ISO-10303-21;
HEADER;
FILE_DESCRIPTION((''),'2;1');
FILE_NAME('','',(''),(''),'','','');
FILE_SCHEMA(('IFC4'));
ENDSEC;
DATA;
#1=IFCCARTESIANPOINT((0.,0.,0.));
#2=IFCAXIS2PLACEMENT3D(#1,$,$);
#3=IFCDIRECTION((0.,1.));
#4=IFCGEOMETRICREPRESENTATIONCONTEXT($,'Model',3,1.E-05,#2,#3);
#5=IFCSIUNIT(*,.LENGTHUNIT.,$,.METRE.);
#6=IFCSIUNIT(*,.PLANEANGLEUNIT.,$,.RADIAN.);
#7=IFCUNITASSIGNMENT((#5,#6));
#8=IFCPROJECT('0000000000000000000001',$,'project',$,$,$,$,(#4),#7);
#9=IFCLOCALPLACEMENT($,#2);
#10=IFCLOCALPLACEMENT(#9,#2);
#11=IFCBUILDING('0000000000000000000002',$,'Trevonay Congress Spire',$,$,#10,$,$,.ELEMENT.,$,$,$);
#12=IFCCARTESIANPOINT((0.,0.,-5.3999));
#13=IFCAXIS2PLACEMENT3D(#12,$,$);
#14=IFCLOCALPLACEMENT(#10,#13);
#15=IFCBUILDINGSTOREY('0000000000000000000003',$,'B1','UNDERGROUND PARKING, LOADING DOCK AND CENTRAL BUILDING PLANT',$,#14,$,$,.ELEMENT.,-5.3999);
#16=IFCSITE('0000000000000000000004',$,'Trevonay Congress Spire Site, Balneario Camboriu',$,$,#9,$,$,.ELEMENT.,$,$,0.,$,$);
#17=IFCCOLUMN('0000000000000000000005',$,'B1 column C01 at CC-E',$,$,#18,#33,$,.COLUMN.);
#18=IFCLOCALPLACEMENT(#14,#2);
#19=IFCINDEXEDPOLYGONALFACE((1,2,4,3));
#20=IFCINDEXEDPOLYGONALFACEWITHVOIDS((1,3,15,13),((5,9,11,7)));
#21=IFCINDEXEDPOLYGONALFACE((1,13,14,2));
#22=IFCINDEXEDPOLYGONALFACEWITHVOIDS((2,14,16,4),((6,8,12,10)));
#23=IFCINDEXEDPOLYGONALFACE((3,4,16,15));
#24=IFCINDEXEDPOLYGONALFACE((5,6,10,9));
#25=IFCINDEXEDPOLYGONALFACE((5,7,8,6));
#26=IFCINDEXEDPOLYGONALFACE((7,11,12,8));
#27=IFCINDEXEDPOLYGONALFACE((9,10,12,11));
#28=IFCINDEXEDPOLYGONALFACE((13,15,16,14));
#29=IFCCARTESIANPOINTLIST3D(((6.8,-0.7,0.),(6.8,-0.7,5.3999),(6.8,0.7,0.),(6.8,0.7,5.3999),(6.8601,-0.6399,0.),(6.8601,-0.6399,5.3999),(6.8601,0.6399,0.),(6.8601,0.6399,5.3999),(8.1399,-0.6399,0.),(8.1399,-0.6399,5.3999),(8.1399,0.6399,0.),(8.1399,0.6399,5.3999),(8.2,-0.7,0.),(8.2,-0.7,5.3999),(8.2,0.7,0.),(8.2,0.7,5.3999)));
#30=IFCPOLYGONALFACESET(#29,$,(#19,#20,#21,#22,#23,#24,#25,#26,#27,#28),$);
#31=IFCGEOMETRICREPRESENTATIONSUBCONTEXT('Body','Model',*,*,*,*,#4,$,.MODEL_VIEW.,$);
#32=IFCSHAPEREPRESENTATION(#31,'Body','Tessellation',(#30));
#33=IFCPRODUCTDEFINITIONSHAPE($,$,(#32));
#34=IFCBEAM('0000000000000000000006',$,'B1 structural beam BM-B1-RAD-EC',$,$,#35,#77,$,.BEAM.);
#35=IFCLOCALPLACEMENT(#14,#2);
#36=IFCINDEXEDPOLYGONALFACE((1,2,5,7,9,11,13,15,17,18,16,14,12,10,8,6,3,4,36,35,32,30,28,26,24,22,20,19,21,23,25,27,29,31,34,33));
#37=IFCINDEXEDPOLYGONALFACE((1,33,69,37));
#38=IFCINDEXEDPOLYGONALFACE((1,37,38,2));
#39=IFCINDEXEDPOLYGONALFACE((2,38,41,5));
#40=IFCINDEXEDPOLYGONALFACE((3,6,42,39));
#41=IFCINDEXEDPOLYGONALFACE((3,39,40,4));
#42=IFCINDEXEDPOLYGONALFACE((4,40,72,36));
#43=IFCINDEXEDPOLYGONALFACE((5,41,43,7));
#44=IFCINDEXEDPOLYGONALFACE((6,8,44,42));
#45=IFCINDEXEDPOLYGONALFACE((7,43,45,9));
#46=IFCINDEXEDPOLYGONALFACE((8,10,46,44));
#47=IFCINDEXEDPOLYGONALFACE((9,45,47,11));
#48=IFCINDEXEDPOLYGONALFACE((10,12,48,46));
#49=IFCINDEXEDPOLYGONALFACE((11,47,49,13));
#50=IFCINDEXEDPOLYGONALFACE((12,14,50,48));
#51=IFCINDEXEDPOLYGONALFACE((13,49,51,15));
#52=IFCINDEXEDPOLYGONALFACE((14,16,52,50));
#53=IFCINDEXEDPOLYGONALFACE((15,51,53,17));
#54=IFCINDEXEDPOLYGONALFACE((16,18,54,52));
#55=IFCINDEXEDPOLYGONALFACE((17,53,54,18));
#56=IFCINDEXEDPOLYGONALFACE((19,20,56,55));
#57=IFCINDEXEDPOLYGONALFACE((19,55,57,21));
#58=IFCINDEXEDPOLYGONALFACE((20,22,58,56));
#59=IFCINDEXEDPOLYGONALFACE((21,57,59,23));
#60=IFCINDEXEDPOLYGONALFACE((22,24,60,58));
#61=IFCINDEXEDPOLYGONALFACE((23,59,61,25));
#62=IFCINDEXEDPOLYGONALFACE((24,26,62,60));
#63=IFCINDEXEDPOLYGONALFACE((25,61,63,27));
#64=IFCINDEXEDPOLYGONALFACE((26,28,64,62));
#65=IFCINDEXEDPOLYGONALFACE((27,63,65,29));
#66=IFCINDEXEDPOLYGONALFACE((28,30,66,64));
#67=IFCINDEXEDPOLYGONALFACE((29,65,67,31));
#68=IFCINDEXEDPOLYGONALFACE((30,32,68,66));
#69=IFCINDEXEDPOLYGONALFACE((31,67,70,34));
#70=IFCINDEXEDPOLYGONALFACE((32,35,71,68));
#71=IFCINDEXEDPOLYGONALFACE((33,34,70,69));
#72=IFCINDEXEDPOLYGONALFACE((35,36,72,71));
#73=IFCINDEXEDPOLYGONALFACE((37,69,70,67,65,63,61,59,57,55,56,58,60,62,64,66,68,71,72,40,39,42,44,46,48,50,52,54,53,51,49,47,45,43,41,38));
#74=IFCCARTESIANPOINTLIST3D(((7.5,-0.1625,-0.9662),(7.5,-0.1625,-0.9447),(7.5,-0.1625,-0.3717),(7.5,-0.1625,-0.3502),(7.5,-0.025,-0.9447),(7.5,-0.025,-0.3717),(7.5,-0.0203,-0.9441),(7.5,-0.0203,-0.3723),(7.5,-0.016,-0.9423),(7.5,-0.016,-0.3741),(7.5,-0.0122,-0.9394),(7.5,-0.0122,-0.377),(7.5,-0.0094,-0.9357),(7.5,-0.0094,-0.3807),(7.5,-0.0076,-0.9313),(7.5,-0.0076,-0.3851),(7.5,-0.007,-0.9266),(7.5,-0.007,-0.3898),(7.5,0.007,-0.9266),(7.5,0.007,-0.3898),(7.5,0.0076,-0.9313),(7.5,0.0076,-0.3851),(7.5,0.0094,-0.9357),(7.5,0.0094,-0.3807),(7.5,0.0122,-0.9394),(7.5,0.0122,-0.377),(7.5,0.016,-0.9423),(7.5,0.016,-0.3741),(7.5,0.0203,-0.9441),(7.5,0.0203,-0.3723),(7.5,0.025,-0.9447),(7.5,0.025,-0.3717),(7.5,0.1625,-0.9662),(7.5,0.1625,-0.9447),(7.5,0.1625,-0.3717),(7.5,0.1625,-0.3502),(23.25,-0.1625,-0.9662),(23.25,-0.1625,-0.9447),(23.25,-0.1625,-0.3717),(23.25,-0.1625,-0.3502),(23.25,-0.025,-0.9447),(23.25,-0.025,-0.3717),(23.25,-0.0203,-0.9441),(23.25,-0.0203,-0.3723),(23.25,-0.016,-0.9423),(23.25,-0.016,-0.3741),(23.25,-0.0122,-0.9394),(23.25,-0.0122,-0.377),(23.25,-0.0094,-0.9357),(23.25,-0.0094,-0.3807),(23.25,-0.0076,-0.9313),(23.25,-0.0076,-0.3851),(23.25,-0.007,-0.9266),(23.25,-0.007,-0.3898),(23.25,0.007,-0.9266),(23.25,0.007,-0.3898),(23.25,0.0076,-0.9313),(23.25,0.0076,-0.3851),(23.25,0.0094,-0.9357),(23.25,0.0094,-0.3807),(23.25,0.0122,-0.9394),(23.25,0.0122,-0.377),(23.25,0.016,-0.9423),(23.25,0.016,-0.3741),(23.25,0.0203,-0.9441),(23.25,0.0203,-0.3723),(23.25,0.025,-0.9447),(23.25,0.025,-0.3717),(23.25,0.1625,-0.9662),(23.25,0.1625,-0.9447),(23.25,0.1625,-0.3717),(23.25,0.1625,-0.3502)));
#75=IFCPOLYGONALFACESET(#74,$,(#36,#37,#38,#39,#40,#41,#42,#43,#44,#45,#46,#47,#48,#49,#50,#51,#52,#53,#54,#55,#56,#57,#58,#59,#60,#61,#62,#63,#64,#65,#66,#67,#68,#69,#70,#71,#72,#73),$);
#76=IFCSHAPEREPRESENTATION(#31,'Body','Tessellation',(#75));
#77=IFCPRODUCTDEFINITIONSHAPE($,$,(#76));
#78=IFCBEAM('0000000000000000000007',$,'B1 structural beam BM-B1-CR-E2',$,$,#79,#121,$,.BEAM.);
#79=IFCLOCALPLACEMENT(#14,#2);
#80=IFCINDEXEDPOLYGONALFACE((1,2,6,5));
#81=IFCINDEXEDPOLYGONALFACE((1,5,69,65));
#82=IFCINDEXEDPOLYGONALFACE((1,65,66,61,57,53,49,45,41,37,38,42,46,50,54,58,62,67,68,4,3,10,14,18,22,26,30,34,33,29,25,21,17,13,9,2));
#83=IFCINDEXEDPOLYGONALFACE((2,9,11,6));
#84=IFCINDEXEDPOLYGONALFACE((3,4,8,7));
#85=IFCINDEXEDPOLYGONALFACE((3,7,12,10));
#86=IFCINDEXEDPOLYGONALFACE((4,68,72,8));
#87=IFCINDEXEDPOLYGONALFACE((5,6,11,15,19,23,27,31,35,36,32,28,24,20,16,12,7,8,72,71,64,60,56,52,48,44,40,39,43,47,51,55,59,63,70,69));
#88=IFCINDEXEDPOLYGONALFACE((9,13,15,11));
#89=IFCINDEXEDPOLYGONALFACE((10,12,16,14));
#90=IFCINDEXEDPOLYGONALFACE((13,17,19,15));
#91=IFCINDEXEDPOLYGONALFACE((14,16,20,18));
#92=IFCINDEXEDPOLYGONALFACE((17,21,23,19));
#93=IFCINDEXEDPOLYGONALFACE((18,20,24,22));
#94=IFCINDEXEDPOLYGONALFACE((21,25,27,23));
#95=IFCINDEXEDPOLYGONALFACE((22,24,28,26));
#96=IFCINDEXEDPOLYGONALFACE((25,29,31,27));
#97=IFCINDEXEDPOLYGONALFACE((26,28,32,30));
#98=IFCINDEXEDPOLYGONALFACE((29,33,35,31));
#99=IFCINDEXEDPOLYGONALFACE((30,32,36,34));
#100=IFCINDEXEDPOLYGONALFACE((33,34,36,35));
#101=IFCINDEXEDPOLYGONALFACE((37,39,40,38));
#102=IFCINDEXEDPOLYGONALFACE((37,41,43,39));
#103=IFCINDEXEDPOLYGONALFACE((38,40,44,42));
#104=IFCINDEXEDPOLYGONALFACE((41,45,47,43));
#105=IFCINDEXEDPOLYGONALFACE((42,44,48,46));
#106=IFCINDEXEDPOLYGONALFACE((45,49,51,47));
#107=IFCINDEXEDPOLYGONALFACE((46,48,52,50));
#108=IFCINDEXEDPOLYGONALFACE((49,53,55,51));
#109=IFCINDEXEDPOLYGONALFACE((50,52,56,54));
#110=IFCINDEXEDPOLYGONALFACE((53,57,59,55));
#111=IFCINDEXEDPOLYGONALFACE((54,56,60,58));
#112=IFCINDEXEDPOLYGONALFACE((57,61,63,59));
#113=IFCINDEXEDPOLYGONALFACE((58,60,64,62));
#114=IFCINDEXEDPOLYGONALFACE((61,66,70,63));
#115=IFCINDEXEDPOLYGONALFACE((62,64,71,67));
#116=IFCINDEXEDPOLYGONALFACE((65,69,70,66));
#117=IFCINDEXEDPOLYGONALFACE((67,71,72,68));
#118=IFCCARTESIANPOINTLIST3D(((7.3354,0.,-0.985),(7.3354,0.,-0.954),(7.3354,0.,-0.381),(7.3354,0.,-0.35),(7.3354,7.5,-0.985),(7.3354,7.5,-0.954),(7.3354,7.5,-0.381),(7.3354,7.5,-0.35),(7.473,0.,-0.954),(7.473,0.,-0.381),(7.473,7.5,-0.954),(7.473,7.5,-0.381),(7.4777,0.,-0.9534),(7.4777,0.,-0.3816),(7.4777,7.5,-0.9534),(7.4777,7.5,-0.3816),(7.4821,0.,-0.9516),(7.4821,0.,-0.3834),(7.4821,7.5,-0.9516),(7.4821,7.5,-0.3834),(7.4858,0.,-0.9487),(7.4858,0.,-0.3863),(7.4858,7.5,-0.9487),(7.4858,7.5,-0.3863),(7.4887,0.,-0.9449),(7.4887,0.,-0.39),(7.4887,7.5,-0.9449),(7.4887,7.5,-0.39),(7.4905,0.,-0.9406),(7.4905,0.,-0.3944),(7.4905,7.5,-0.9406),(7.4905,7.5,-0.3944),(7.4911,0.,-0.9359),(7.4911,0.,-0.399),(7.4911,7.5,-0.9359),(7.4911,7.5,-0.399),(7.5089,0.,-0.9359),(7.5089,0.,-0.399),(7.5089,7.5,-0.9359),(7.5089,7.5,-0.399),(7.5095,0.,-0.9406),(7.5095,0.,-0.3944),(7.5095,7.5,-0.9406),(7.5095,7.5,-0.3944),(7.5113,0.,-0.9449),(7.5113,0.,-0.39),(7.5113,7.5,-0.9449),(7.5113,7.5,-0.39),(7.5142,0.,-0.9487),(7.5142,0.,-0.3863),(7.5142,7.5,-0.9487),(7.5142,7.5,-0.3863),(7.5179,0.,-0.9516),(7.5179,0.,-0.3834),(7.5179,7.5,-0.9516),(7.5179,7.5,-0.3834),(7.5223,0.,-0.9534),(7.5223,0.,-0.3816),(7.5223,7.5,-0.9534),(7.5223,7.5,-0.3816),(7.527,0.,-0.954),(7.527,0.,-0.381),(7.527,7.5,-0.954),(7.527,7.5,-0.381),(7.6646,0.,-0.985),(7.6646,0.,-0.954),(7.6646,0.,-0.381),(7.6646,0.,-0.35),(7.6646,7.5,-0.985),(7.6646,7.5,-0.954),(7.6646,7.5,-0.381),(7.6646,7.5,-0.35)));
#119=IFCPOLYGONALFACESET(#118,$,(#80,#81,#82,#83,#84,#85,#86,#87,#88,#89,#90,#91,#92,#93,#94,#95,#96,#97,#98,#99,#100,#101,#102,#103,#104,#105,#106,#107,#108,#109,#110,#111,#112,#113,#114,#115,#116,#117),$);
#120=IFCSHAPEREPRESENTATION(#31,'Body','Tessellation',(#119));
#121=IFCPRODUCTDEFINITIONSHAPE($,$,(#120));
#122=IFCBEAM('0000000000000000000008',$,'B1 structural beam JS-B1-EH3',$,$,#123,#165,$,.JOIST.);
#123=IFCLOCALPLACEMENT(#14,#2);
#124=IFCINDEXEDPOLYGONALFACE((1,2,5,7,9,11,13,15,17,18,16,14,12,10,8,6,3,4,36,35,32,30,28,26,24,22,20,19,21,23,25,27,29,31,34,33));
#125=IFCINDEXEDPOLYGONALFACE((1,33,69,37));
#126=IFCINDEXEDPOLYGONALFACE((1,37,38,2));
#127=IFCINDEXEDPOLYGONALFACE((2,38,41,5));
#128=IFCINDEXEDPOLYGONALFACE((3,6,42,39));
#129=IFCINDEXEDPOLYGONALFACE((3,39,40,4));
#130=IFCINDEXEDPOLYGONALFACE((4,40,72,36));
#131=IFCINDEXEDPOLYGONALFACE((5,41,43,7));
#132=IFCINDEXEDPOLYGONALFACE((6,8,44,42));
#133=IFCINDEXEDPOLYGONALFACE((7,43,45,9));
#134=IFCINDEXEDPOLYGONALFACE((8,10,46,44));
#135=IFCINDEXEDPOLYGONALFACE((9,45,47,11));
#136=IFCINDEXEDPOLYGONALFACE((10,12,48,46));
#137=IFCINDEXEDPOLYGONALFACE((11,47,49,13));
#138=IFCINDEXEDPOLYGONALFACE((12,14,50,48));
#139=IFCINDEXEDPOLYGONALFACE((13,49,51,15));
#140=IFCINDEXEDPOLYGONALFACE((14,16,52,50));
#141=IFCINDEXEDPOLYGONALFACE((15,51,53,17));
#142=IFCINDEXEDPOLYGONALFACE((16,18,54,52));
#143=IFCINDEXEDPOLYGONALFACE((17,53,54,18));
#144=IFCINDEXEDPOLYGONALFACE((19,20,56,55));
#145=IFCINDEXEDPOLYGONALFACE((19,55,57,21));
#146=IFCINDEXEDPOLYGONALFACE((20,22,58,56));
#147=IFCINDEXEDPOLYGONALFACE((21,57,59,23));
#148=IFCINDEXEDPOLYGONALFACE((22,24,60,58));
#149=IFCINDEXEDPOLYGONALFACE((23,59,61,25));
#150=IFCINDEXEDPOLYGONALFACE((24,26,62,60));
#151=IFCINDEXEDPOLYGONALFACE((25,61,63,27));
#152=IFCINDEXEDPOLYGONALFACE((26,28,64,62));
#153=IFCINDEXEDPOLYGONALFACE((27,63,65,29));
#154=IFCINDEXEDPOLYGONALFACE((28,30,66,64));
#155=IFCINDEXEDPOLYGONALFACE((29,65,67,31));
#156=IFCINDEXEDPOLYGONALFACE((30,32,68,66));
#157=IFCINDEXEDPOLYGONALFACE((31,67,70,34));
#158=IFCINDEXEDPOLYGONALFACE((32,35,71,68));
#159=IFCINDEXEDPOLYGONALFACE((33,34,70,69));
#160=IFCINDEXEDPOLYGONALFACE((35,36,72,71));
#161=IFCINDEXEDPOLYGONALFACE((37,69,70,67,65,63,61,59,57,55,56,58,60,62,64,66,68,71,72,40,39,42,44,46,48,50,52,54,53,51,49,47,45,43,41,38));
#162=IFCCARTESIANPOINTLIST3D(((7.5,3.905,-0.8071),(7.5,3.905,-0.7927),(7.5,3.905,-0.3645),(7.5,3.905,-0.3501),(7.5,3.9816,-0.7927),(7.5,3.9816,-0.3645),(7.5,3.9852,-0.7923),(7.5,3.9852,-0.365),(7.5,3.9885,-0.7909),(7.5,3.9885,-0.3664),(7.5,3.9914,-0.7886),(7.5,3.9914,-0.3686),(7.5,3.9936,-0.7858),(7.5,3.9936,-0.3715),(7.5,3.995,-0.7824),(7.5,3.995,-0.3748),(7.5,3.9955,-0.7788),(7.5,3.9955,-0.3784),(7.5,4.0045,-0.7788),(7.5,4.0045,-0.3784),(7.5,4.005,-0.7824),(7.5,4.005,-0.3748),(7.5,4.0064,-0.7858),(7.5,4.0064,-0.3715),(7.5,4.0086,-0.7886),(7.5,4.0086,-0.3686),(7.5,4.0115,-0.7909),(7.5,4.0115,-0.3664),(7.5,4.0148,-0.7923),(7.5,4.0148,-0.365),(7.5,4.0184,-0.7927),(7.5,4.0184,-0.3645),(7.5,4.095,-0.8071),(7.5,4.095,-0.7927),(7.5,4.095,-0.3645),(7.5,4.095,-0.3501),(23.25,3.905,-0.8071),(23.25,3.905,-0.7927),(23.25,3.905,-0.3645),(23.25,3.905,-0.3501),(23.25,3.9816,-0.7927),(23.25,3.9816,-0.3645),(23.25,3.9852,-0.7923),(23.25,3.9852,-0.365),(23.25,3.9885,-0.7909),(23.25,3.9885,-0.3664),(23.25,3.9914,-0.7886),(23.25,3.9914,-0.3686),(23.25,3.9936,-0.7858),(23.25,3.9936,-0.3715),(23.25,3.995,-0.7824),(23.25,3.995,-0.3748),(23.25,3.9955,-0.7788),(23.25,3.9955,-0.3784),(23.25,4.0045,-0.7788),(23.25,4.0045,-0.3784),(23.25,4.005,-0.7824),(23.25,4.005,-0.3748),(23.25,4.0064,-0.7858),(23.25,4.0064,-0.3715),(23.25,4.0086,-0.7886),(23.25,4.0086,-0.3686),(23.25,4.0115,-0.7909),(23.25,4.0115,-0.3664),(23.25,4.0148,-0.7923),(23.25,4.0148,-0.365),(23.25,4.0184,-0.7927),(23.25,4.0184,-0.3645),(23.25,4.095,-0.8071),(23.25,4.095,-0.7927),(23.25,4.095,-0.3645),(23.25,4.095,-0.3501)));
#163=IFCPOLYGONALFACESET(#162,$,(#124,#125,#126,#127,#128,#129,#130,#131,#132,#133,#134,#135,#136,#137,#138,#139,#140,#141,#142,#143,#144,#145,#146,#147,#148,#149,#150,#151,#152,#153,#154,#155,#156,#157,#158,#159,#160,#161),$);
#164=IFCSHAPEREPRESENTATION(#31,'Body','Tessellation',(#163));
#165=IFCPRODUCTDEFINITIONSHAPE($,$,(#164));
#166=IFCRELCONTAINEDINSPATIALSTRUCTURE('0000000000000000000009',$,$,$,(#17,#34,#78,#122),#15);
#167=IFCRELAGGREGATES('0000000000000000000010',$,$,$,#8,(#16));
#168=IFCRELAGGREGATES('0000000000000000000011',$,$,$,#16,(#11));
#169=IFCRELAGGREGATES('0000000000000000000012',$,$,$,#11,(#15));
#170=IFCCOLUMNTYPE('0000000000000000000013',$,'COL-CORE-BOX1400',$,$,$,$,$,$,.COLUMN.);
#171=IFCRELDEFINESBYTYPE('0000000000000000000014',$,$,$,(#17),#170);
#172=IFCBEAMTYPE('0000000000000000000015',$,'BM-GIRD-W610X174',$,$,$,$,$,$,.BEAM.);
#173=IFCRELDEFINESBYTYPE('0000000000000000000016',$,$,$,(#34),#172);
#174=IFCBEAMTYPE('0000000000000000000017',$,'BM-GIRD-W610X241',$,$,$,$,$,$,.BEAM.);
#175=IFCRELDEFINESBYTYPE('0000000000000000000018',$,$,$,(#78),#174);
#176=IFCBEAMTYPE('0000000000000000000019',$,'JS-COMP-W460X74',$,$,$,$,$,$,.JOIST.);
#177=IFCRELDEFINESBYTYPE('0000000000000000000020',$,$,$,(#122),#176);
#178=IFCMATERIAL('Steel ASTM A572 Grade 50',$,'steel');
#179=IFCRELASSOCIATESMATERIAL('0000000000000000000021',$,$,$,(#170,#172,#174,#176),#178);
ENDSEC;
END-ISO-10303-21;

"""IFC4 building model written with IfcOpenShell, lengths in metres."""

from ifc_helpers import new_model, si_unit, direction, frame, origin, origin_2d, place, context, subcontext, project, spatial, hollow_rectangle, i_section, extrude, material, material_profile, profile_set, type_object, element, save


model = new_model("IFC4")

# Units and contexts
model_context = context("Model", 3, precision=1e-05, world=origin(), true_north=direction((0.0, 1.0)))
body_context = subcontext(model_context, "Body", "Model", "MODEL_VIEW")
ifc_project = project(units=[si_unit("LENGTHUNIT", "METRE"), si_unit("PLANEANGLEUNIT", "RADIAN")], contexts=[model_context])

# Site, building, storey
site_placement = place(None, origin())
site = spatial("IfcSite", under=ifc_project, at=site_placement, Name="Trevonay Congress Spire Site, Balneario Camboriu", CompositionType="ELEMENT", RefElevation=0.0)
building_placement = place(site_placement, origin())
building = spatial("IfcBuilding", under=site, at=building_placement, Name="Trevonay Congress Spire", CompositionType="ELEMENT")
storey_placement = place(building_placement, frame((0.0, 0.0, -5.3999)))
storey = spatial("IfcBuildingStorey", under=building, at=storey_placement, Name="B1", Description="UNDERGROUND PARKING, LOADING DOCK AND CENTRAL BUILDING PLANT", CompositionType="ELEMENT", Elevation=-5.3999)

# Column
ifc_material_1 = material(Name="Steel ASTM A572 Grade 50", Category="steel")
ifc_material_profile_1 = material_profile(ifc_material_1, hollow_rectangle(XDim=1.3999, YDim=1.3999, WallThickness=0.0601, at=origin_2d()), Name="BOX 1400x1400x60")
ifc_profile_set_1 = profile_set([ifc_material_profile_1], Name="Steel ASTM A572 Grade 50")
column_type = type_object("IfcColumnType", Name="COL-CORE-BOX1400", PredefinedType="COLUMN", material=ifc_profile_set_1)
column_placement = place(storey_placement, frame((7.5, 0.0, 0.0), z_axis=(0.0, 0.0, 1.0), x_axis=(1.0, 0.0, 0.0)))
element("IfcColumn", 1, at=column_placement, inside=storey, type_object=column_type, Name="B1 column C01 at CC-E", PredefinedType="COLUMN", context=body_context, shape_type="SweptSolid", body=[
    extrude(hollow_rectangle(XDim=1.3999, YDim=1.3999, WallThickness=0.0601, at=origin_2d()), origin(), (0.0, 0.0, 1.0), 5.3999),
])

# Beams
ifc_material_profile_2 = material_profile(ifc_material_1, i_section(OverallWidth=0.325, OverallDepth=0.616, WebThickness=0.0139, FlangeThickness=0.0215, FilletRadius=0.0181, at=origin_2d()), Name="W610x174")
ifc_profile_set_2 = profile_set([ifc_material_profile_2], Name="Steel ASTM A572 Grade 50")
beam_type_1 = type_object("IfcBeamType", Name="BM-GIRD-W610X174", PredefinedType="BEAM", material=ifc_profile_set_2)
beam_1_placement = place(storey_placement, frame((7.5, 0.0, -0.6582), z_axis=(1.0, 0.0, 0.0), x_axis=(0.0, 1.0, 0.0)))
element("IfcBeam", 2, at=beam_1_placement, inside=storey, type_object=beam_type_1, Name="B1 structural beam BM-B1-RAD-EC", PredefinedType="BEAM", context=body_context, shape_type="SweptSolid", body=[
    extrude(i_section(OverallWidth=0.325, OverallDepth=0.616, WebThickness=0.0139, FlangeThickness=0.0215, FilletRadius=0.0181, at=origin_2d()), origin(), (0.0, 0.0, 1.0), 15.75),
])
ifc_material_profile_3 = material_profile(ifc_material_1, i_section(OverallWidth=0.3291, OverallDepth=0.635, WebThickness=0.0178, FlangeThickness=0.031, FilletRadius=0.0181, at=origin_2d()), Name="W610x241")
ifc_profile_set_3 = profile_set([ifc_material_profile_3], Name="Steel ASTM A572 Grade 50")
beam_type_2 = type_object("IfcBeamType", Name="BM-GIRD-W610X241", PredefinedType="BEAM", material=ifc_profile_set_3)
beam_2_placement = place(storey_placement, frame((7.5, 0.0, -0.6675), z_axis=(0.0, 1.0, 0.0), x_axis=(-1.0, 0.0, 0.0)))
element("IfcBeam", 3, at=beam_2_placement, inside=storey, type_object=beam_type_2, Name="B1 structural beam BM-B1-CR-E2", PredefinedType="BEAM", context=body_context, shape_type="SweptSolid", body=[
    extrude(i_section(OverallWidth=0.3291, OverallDepth=0.635, WebThickness=0.0178, FlangeThickness=0.031, FilletRadius=0.0181, at=origin_2d()), origin(), (0.0, 0.0, 1.0), 7.5),
])
ifc_material_profile_4 = material_profile(ifc_material_1, i_section(OverallWidth=0.1899, OverallDepth=0.457, WebThickness=0.009, FlangeThickness=0.0144, FilletRadius=0.0139, at=origin_2d()), Name="W460x74")
ifc_profile_set_4 = profile_set([ifc_material_profile_4], Name="Steel ASTM A572 Grade 50")
beam_type_3 = type_object("IfcBeamType", Name="JS-COMP-W460X74", PredefinedType="JOIST", material=ifc_profile_set_4)
beam_3_placement = place(storey_placement, frame((7.5, 4.0, -0.5786), z_axis=(1.0, 0.0, 0.0), x_axis=(0.0, 1.0, 0.0)))
element("IfcBeam", 4, at=beam_3_placement, inside=storey, type_object=beam_type_3, Name="B1 structural beam JS-B1-EH3", PredefinedType="JOIST", context=body_context, shape_type="SweptSolid", body=[
    extrude(i_section(OverallWidth=0.1899, OverallDepth=0.457, WebThickness=0.009, FlangeThickness=0.0144, FilletRadius=0.0139, at=origin_2d()), origin(), (0.0, 0.0, 1.0), 15.75),
])

save(model, "model.ifc")
